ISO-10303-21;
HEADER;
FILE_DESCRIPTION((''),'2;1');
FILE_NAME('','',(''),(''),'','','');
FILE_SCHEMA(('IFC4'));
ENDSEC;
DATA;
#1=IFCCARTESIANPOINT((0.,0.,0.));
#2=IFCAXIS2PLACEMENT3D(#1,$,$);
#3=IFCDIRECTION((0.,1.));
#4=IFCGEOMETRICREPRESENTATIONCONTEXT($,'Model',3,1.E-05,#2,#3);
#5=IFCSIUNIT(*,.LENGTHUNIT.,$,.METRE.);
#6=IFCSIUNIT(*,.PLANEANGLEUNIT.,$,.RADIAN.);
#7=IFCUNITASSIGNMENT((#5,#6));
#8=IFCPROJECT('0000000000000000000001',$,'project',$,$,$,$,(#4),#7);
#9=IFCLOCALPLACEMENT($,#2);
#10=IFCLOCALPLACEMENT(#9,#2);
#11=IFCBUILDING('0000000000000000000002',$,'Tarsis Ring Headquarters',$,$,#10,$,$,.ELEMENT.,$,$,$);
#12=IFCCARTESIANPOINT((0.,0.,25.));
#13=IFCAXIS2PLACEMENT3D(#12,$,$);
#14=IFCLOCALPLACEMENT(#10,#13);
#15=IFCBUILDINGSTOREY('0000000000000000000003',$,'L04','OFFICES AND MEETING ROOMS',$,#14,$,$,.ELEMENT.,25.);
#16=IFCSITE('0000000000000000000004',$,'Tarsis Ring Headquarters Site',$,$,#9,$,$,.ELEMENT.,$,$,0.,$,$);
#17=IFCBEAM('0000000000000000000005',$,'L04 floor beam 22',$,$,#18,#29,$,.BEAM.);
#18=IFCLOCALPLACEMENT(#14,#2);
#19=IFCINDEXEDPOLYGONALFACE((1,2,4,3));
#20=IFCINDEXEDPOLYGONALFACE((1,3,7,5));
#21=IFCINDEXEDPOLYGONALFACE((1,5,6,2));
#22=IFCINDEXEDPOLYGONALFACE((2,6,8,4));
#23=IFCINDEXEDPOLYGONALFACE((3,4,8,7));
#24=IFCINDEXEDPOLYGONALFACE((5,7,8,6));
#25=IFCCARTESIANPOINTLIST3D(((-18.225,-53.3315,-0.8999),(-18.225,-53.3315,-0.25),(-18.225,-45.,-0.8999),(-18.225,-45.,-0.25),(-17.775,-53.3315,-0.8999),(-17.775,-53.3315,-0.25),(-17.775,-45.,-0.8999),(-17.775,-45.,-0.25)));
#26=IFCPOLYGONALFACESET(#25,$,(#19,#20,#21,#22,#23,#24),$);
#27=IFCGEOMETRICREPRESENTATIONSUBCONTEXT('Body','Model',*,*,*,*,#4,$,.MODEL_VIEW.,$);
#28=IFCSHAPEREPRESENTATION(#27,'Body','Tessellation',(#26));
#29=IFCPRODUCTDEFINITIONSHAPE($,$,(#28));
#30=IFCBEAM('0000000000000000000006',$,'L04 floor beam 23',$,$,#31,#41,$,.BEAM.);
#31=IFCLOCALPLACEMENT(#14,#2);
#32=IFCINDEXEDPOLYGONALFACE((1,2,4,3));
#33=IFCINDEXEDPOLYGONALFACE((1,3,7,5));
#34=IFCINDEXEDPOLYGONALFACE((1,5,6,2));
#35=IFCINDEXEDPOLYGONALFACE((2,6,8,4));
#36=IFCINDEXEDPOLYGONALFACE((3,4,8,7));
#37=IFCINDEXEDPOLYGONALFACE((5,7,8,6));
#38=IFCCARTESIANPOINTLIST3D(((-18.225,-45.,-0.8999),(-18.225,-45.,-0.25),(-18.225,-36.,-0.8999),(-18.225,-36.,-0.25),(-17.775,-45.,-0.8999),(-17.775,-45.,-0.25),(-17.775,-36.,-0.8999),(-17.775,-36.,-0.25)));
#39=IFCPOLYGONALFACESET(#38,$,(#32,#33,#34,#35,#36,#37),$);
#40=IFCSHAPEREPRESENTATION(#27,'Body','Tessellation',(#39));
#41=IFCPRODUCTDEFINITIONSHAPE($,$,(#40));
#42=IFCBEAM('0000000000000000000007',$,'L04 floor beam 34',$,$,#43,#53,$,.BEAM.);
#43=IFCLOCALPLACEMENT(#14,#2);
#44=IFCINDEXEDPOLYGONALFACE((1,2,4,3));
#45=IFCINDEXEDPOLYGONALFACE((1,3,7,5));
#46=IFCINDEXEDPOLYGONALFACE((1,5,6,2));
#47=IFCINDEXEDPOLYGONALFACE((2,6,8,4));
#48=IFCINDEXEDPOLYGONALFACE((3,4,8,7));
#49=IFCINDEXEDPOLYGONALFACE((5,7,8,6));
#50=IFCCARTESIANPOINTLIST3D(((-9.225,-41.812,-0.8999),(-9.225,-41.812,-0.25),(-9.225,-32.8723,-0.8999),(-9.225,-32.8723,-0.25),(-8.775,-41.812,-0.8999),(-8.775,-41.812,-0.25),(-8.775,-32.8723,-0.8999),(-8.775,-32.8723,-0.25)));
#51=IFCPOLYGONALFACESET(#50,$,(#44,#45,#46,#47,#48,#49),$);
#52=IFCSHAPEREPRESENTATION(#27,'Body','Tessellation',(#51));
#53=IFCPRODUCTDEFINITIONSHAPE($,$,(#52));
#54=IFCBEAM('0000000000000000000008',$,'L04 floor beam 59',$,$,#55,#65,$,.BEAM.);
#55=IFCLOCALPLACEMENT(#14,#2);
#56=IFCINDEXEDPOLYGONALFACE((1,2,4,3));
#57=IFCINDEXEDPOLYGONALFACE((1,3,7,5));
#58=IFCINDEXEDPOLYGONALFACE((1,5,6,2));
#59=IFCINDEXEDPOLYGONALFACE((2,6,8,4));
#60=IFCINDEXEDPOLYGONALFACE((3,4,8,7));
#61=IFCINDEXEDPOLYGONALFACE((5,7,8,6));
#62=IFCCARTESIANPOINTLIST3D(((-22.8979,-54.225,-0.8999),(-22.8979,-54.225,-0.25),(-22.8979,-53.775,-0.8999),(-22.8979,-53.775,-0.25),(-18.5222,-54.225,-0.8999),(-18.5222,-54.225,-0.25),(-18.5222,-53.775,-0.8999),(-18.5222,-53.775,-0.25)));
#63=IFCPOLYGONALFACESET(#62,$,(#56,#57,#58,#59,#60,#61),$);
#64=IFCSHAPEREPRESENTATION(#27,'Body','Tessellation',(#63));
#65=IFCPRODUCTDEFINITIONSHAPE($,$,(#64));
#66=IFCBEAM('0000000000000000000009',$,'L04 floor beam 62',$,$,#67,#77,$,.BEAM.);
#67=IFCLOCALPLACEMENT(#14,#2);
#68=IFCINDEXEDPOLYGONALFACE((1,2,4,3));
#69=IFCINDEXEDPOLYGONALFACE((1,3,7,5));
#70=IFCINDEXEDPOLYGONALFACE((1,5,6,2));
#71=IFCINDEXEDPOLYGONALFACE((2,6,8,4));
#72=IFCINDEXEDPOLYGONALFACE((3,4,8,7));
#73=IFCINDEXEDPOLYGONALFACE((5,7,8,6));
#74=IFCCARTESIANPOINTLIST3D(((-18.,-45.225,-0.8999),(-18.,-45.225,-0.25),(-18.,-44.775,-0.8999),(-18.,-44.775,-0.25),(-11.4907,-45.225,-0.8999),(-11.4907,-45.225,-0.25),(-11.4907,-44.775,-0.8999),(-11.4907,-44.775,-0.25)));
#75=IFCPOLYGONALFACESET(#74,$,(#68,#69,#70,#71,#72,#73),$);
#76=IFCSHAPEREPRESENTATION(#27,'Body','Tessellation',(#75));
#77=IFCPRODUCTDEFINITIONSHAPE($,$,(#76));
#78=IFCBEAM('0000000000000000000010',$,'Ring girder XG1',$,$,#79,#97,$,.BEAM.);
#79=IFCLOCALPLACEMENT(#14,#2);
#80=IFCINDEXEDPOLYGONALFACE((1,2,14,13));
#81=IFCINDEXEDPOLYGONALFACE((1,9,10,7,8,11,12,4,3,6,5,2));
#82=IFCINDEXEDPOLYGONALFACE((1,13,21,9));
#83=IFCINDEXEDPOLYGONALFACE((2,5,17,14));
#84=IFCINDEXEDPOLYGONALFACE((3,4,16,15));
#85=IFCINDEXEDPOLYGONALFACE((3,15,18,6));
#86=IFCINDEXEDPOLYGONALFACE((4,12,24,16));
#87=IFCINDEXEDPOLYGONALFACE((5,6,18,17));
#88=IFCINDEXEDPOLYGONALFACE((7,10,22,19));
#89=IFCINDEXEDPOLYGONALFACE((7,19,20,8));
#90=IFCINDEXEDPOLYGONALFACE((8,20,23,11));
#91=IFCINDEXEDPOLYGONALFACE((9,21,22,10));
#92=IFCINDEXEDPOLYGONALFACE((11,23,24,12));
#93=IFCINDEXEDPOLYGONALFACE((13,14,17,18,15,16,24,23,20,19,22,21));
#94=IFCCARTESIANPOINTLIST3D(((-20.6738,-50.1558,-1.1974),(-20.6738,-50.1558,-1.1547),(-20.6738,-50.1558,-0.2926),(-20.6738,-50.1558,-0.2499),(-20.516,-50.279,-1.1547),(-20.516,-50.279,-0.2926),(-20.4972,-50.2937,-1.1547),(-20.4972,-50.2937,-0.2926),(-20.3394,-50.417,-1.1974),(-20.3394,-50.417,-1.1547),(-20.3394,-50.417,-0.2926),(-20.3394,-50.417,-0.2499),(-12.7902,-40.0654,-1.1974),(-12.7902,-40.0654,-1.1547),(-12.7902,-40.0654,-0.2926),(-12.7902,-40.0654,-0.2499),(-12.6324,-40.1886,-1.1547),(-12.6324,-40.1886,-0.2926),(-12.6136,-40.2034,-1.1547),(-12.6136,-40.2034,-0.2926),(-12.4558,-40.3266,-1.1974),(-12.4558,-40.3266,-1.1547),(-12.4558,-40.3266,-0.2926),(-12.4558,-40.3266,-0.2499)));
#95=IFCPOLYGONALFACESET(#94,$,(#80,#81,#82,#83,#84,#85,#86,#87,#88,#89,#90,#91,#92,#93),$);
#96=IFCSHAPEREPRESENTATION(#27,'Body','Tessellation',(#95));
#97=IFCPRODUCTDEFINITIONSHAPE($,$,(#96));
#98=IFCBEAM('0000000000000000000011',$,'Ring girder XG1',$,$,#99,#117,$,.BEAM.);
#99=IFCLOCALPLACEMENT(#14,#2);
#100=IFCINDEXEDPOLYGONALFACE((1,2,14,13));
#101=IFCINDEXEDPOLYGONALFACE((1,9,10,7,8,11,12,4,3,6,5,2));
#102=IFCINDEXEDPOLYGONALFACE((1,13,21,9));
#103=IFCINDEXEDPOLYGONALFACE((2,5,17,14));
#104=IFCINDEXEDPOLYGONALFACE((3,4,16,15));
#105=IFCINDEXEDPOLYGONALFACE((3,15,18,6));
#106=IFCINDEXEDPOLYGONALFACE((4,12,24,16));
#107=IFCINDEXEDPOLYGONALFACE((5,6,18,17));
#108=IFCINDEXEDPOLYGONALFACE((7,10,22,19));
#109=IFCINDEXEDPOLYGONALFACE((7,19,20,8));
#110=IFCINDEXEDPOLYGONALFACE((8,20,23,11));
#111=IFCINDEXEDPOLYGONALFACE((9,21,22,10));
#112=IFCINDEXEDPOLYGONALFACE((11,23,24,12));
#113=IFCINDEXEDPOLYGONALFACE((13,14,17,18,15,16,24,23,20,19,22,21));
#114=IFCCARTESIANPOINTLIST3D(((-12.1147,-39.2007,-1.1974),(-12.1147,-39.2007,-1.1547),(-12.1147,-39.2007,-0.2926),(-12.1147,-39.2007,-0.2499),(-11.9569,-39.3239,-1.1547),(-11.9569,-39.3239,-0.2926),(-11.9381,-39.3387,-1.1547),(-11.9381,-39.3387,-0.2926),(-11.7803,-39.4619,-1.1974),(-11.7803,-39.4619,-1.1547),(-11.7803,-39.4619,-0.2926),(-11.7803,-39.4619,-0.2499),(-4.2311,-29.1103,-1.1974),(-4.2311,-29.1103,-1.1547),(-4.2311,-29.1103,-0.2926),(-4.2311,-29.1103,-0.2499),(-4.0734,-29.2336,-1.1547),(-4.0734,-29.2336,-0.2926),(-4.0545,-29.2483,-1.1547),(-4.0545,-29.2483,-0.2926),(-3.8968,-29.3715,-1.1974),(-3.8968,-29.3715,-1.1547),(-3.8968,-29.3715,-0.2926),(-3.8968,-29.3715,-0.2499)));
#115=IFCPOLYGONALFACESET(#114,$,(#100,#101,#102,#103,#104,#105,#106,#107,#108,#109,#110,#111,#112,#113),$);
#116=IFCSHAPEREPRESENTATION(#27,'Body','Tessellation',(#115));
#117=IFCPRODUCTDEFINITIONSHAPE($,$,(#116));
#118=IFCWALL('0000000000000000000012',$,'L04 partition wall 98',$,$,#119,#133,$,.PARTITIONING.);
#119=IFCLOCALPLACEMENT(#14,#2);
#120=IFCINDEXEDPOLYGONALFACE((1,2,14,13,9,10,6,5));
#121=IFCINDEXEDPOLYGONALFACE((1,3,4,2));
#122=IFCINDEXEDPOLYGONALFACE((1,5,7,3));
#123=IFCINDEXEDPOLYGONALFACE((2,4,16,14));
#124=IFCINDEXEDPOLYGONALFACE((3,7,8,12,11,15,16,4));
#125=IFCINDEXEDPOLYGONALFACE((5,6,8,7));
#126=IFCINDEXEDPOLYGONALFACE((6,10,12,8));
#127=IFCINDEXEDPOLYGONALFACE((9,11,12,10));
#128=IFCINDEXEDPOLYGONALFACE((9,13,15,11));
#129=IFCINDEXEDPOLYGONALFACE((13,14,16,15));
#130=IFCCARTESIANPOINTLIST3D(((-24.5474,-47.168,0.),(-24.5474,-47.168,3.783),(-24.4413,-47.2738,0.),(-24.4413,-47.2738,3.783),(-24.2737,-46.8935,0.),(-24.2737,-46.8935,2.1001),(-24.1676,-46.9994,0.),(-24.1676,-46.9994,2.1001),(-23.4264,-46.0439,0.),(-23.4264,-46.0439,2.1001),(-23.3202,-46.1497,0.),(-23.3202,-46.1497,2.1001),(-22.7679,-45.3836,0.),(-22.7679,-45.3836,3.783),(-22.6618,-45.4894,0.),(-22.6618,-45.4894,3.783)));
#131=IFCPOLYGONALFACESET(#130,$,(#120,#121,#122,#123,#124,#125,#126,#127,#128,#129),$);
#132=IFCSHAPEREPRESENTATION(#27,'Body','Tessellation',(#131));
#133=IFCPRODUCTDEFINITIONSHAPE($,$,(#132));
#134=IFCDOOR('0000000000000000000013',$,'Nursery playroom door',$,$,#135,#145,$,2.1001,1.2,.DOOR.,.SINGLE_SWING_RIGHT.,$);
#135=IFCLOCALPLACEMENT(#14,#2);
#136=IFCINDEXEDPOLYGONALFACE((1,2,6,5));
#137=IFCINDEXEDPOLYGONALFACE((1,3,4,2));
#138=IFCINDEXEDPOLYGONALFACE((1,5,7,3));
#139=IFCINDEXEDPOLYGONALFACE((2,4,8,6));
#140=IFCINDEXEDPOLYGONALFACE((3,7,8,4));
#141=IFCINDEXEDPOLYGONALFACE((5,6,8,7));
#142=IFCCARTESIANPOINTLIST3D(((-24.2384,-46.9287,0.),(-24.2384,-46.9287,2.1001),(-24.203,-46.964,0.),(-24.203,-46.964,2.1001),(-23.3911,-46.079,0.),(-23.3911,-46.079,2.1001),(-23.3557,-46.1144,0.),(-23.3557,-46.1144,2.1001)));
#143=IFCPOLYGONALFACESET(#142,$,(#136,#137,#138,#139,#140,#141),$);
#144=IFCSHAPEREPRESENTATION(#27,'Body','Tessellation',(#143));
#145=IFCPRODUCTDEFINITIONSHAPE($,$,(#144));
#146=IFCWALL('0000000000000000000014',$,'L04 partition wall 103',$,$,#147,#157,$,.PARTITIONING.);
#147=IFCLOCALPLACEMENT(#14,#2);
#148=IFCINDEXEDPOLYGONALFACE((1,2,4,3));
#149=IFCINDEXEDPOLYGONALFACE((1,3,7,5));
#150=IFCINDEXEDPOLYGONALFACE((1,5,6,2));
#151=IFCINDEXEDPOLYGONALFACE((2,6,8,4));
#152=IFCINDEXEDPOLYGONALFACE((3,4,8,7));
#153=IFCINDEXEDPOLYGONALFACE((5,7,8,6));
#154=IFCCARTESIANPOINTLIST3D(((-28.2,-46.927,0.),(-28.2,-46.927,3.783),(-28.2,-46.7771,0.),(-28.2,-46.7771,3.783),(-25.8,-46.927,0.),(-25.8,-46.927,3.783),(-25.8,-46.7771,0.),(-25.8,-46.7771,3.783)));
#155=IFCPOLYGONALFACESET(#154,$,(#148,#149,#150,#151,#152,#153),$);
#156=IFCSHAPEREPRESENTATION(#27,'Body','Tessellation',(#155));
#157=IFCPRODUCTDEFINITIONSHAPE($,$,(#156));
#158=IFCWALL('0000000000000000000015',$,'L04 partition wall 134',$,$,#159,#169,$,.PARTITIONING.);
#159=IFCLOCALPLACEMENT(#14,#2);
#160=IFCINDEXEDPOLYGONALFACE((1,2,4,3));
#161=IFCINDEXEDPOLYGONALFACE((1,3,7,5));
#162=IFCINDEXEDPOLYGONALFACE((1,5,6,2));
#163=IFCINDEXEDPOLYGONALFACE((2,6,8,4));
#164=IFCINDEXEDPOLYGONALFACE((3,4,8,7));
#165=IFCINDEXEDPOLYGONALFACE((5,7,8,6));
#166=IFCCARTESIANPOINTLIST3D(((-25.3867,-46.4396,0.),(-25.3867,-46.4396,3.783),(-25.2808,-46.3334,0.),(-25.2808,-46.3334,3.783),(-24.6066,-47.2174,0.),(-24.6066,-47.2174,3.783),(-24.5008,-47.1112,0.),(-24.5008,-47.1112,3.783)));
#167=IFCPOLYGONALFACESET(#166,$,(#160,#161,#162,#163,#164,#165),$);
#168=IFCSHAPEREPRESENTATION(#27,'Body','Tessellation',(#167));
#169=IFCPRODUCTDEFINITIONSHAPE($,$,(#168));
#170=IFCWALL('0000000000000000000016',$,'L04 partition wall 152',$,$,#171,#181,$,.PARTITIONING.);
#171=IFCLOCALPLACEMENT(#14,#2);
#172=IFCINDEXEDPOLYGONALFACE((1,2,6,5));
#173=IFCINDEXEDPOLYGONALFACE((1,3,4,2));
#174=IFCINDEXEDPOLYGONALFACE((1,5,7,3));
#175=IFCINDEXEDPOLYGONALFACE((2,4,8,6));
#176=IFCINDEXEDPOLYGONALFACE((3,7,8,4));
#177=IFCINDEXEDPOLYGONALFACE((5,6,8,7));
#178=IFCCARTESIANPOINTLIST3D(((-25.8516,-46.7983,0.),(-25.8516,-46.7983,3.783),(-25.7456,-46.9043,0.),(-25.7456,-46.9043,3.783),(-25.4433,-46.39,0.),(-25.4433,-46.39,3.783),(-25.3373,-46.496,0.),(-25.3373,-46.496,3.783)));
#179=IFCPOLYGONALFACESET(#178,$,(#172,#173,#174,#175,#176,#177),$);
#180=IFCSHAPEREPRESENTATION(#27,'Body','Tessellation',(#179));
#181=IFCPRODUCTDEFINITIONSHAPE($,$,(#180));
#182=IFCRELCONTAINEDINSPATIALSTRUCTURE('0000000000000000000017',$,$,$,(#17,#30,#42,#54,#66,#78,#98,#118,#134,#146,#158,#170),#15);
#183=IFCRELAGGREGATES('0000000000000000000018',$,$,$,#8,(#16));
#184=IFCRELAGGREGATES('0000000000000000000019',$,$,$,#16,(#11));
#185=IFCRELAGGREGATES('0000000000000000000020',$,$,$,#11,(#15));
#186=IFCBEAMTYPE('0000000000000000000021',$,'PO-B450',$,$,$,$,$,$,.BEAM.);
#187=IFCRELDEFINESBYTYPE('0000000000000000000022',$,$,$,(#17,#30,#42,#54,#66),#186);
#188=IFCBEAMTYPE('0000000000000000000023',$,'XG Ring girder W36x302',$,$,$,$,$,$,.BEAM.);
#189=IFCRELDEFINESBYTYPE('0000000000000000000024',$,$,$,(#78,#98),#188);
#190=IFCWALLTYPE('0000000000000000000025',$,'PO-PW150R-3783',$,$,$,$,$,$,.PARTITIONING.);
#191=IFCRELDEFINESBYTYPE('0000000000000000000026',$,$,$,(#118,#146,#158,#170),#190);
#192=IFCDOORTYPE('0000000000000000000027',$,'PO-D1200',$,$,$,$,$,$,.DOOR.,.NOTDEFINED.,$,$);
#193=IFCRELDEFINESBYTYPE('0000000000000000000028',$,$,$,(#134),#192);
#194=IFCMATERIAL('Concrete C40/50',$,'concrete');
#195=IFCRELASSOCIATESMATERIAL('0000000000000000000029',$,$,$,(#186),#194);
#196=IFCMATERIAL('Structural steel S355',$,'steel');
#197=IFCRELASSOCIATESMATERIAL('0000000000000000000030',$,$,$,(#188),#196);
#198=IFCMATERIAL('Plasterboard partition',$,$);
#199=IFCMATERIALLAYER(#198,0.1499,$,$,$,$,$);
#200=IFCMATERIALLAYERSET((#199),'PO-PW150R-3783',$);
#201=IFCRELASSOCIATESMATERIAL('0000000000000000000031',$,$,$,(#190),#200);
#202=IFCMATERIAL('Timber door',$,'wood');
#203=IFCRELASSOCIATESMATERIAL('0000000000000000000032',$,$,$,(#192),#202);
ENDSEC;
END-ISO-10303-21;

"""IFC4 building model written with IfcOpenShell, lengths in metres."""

from ifc_helpers import new_model, si_unit, direction, frame, frame_2d, origin, origin_2d, place, context, subcontext, project, spatial, rectangle, i_section, extrude, material, layer, layer_set, material_profile, profile_set, type_object, element, fill, save


model = new_model("IFC4")

# Units and contexts
model_context = context("Model", 3, precision=1e-05, world=origin(), true_north=direction((0.0, 1.0)))
body_context = subcontext(model_context, "Body", "Model", "MODEL_VIEW")
ifc_project = project(units=[si_unit("LENGTHUNIT", "METRE"), si_unit("PLANEANGLEUNIT", "RADIAN")], contexts=[model_context])

# Site, building, storey
site_placement = place(None, origin())
site = spatial("IfcSite", under=ifc_project, at=site_placement, Name="Tarsis Ring Headquarters Site", CompositionType="ELEMENT", RefElevation=0.0)
building_placement = place(site_placement, origin())
building = spatial("IfcBuilding", under=site, at=building_placement, Name="Tarsis Ring Headquarters", CompositionType="ELEMENT")
storey_placement = place(building_placement, frame((0.0, 0.0, 25.0)))
storey = spatial("IfcBuildingStorey", under=building, at=storey_placement, Name="L04", Description="OFFICES AND MEETING ROOMS", CompositionType="ELEMENT", Elevation=25.0)

# Shared definitions
ifc_material_1 = material(Name="Concrete C40/50", Category="concrete")

# Beams
ifc_material_profile_1 = material_profile(ifc_material_1, rectangle(XDim=0.45, YDim=0.6499, at=origin_2d()), Name="PO-B450")
ifc_profile_set_1 = profile_set([ifc_material_profile_1], Name="Concrete C40/50")
beam_type_1 = type_object("IfcBeamType", Name="PO-B450", PredefinedType="BEAM", material=ifc_profile_set_1)
beam_1_placement = place(storey_placement, frame((-18.0, -53.3315, -0.575), z_axis=(0.0, 1.0, 0.0), x_axis=(-1.0, 0.0, 0.0)))
element("IfcBeam", 1, at=beam_1_placement, inside=storey, type_object=beam_type_1, Name="L04 floor beam 22", PredefinedType="BEAM", context=body_context, shape_type="SweptSolid", body=[
    extrude(rectangle(XDim=0.45, YDim=0.6499, at=origin_2d()), origin(), (0.0, 0.0, 1.0), 8.3315),
])
beam_2_placement = place(storey_placement, frame((-18.0, -45.0, -0.575), z_axis=(0.0, 1.0, 0.0), x_axis=(-1.0, 0.0, 0.0)))
element("IfcBeam", 2, at=beam_2_placement, inside=storey, type_object=beam_type_1, Name="L04 floor beam 23", PredefinedType="BEAM", context=body_context, shape_type="SweptSolid", body=[
    extrude(rectangle(XDim=0.45, YDim=0.6499, at=origin_2d()), origin(), (0.0, 0.0, 1.0), 9.0),
])
beam_3_placement = place(storey_placement, frame((-9.0, -41.812, -0.575), z_axis=(0.0, 1.0, 0.0), x_axis=(-1.0, 0.0, 0.0)))
element("IfcBeam", 3, at=beam_3_placement, inside=storey, type_object=beam_type_1, Name="L04 floor beam 34", PredefinedType="BEAM", context=body_context, shape_type="SweptSolid", body=[
    extrude(rectangle(XDim=0.45, YDim=0.6499, at=origin_2d()), origin(), (0.0, 0.0, 1.0), 8.9397),
])
beam_4_placement = place(storey_placement, frame((-22.8979, -54.0, -0.575), z_axis=(1.0, 0.0, 0.0), x_axis=(0.0, 1.0, 0.0)))
element("IfcBeam", 4, at=beam_4_placement, inside=storey, type_object=beam_type_1, Name="L04 floor beam 59", PredefinedType="BEAM", context=body_context, shape_type="SweptSolid", body=[
    extrude(rectangle(XDim=0.45, YDim=0.6499, at=origin_2d()), origin(), (0.0, 0.0, 1.0), 4.3757),
])
beam_5_placement = place(storey_placement, frame((-18.0, -45.0, -0.575), z_axis=(1.0, 0.0, 0.0), x_axis=(0.0, 1.0, 0.0)))
element("IfcBeam", 5, at=beam_5_placement, inside=storey, type_object=beam_type_1, Name="L04 floor beam 62", PredefinedType="BEAM", context=body_context, shape_type="SweptSolid", body=[
    extrude(rectangle(XDim=0.45, YDim=0.6499, at=origin_2d()), origin(), (0.0, 0.0, 1.0), 6.5093),
])
ifc_material_2 = material(Name="Structural steel S355", Category="steel")
ifc_material_profile_2 = material_profile(ifc_material_2, i_section(OverallWidth=0.4243, OverallDepth=0.9475, WebThickness=0.0239, FlangeThickness=0.0427, at=origin_2d()), Name="W36x302")
ifc_profile_set_2 = profile_set([ifc_material_profile_2], Name="Structural steel S355")
beam_type_2 = type_object("IfcBeamType", Name="XG Ring girder W36x302", PredefinedType="BEAM", material=ifc_profile_set_2)
for number, where, z_axis, x_axis, name in (
    (6, (-20.5066, -50.2864, -0.7236), (0.615667, 0.788006, 0.0), (-0.788006, 0.615667, 0.0), "Ring girder XG1"),
    (7, (-11.9475, -39.3313, -0.7236), (0.615667, 0.788006, 0.0), (-0.788006, 0.615667, 0.0), "Ring girder XG1"),
):
    element("IfcBeam", number, at=place(storey_placement, frame(where, z_axis=z_axis, x_axis=x_axis)), inside=storey, type_object=beam_type_2, Name=name, PredefinedType="BEAM", context=body_context, shape_type="SweptSolid", body=[
        extrude(i_section(OverallWidth=0.4243, OverallDepth=0.9475, WebThickness=0.0239, FlangeThickness=0.0427, at=origin_2d()), origin(), (0.0, 0.0, 1.0), 12.8049),
    ])

# Wall, opening, door
ifc_material_3 = material(Name="Plasterboard partition")
ifc_layer_1 = layer(ifc_material_3, 0.1499)
ifc_layer_set_1 = layer_set([ifc_layer_1], Name="PO-PW150R-3783")
wall_type_1 = type_object("IfcWallType", Name="PO-PW150R-3783", PredefinedType="PARTITIONING", material=ifc_layer_set_1)
wall_1_placement = place(storey_placement, frame((-22.7148, -45.4365, 0.0), z_axis=(0.0, 0.0, 1.0), x_axis=(-0.706137, -0.708075, 0.0)))
wall_1 = element("IfcWall", 8, at=wall_1_placement, inside=storey, type_object=wall_type_1, Name="L04 partition wall 98", PredefinedType="PARTITIONING", context=body_context, shape_type="SweptSolid", body=[
    extrude(rectangle(XDim=2.52, YDim=0.1499, at=frame_2d((1.26, 0.0))), origin(), (0.0, 0.0, 1.0), 3.783),
])
opening_1_placement = place(wall_1_placement, frame((0.9324, 0.0, 0.0)))
opening_1 = element("IfcOpeningElement", 9, at=opening_1_placement, cuts=wall_1, PredefinedType="OPENING", context=body_context, shape_type="SweptSolid", body=[
    extrude(rectangle(XDim=1.2, YDim=2.1001, at=frame_2d((0.6001, 1.05))), frame((0.0, 0.085, 0.0), z_axis=(0.0, -1.0, 0.0), x_axis=(1.0, 0.0, 0.0)), (0.0, 0.0, 1.0), 0.1699),
])
ifc_material_4 = material(Name="Timber door", Category="wood")
door_type = type_object("IfcDoorType", Name="PO-D1200", OperationType="NOTDEFINED", PredefinedType="DOOR", material=ifc_material_4)
door_placement = place(opening_1_placement, origin())
door = element("IfcDoor", 10, at=door_placement, inside=storey, type_object=door_type, Name="Nursery playroom door", OperationType="SINGLE_SWING_RIGHT", OverallHeight=2.1001, OverallWidth=1.2, PredefinedType="DOOR", context=body_context, shape_type="SweptSolid", body=[
    extrude(rectangle(XDim=1.2, YDim=2.1001, at=frame_2d((0.6001, 1.05))), frame((0.0, 0.0249, 0.0), z_axis=(0.0, -1.0, 0.0), x_axis=(1.0, 0.0, 0.0)), (0.0, 0.0, 1.0), 0.05),
])
fill(opening_1, door)

# Walls
wall_2_placement = place(storey_placement, frame((-25.8, -46.8521, 0.0), z_axis=(0.0, 0.0, 1.0), x_axis=(-1.0, 0.0, 0.0)))
element("IfcWall", 11, at=wall_2_placement, inside=storey, type_object=wall_type_1, Name="L04 partition wall 103", PredefinedType="PARTITIONING", context=body_context, shape_type="SweptSolid", body=[
    extrude(rectangle(XDim=2.3999, YDim=0.1499, at=frame_2d((1.2, 0.0))), origin(), (0.0, 0.0, 1.0), 3.783),
])
wall_3_placement = place(storey_placement, frame((-24.5537, -47.1643, 0.0), z_axis=(0.0, 0.0, 1.0), x_axis=(-0.708103, 0.706109, 0.0)))
element("IfcWall", 12, at=wall_3_placement, inside=storey, type_object=wall_type_1, Name="L04 partition wall 134", PredefinedType="PARTITIONING", context=body_context, shape_type="SweptSolid", body=[
    extrude(rectangle(XDim=1.1016, YDim=0.1499, at=frame_2d((0.5508, 0.0))), origin(), (0.0, 0.0, 1.0), 3.783),
])
wall_4_placement = place(storey_placement, frame((-25.3904, -46.4431, 0.0), z_axis=(0.0, 0.0, 1.0), x_axis=(-0.707107, -0.707107, 0.0)))
element("IfcWall", 13, at=wall_4_placement, inside=storey, type_object=wall_type_1, Name="L04 partition wall 152", PredefinedType="PARTITIONING", context=body_context, shape_type="SweptSolid", body=[
    extrude(rectangle(XDim=0.5774, YDim=0.1499, at=frame_2d((0.2886, 0.0))), origin(), (0.0, 0.0, 1.0), 3.783),
])

save(model, "model.ifc")
